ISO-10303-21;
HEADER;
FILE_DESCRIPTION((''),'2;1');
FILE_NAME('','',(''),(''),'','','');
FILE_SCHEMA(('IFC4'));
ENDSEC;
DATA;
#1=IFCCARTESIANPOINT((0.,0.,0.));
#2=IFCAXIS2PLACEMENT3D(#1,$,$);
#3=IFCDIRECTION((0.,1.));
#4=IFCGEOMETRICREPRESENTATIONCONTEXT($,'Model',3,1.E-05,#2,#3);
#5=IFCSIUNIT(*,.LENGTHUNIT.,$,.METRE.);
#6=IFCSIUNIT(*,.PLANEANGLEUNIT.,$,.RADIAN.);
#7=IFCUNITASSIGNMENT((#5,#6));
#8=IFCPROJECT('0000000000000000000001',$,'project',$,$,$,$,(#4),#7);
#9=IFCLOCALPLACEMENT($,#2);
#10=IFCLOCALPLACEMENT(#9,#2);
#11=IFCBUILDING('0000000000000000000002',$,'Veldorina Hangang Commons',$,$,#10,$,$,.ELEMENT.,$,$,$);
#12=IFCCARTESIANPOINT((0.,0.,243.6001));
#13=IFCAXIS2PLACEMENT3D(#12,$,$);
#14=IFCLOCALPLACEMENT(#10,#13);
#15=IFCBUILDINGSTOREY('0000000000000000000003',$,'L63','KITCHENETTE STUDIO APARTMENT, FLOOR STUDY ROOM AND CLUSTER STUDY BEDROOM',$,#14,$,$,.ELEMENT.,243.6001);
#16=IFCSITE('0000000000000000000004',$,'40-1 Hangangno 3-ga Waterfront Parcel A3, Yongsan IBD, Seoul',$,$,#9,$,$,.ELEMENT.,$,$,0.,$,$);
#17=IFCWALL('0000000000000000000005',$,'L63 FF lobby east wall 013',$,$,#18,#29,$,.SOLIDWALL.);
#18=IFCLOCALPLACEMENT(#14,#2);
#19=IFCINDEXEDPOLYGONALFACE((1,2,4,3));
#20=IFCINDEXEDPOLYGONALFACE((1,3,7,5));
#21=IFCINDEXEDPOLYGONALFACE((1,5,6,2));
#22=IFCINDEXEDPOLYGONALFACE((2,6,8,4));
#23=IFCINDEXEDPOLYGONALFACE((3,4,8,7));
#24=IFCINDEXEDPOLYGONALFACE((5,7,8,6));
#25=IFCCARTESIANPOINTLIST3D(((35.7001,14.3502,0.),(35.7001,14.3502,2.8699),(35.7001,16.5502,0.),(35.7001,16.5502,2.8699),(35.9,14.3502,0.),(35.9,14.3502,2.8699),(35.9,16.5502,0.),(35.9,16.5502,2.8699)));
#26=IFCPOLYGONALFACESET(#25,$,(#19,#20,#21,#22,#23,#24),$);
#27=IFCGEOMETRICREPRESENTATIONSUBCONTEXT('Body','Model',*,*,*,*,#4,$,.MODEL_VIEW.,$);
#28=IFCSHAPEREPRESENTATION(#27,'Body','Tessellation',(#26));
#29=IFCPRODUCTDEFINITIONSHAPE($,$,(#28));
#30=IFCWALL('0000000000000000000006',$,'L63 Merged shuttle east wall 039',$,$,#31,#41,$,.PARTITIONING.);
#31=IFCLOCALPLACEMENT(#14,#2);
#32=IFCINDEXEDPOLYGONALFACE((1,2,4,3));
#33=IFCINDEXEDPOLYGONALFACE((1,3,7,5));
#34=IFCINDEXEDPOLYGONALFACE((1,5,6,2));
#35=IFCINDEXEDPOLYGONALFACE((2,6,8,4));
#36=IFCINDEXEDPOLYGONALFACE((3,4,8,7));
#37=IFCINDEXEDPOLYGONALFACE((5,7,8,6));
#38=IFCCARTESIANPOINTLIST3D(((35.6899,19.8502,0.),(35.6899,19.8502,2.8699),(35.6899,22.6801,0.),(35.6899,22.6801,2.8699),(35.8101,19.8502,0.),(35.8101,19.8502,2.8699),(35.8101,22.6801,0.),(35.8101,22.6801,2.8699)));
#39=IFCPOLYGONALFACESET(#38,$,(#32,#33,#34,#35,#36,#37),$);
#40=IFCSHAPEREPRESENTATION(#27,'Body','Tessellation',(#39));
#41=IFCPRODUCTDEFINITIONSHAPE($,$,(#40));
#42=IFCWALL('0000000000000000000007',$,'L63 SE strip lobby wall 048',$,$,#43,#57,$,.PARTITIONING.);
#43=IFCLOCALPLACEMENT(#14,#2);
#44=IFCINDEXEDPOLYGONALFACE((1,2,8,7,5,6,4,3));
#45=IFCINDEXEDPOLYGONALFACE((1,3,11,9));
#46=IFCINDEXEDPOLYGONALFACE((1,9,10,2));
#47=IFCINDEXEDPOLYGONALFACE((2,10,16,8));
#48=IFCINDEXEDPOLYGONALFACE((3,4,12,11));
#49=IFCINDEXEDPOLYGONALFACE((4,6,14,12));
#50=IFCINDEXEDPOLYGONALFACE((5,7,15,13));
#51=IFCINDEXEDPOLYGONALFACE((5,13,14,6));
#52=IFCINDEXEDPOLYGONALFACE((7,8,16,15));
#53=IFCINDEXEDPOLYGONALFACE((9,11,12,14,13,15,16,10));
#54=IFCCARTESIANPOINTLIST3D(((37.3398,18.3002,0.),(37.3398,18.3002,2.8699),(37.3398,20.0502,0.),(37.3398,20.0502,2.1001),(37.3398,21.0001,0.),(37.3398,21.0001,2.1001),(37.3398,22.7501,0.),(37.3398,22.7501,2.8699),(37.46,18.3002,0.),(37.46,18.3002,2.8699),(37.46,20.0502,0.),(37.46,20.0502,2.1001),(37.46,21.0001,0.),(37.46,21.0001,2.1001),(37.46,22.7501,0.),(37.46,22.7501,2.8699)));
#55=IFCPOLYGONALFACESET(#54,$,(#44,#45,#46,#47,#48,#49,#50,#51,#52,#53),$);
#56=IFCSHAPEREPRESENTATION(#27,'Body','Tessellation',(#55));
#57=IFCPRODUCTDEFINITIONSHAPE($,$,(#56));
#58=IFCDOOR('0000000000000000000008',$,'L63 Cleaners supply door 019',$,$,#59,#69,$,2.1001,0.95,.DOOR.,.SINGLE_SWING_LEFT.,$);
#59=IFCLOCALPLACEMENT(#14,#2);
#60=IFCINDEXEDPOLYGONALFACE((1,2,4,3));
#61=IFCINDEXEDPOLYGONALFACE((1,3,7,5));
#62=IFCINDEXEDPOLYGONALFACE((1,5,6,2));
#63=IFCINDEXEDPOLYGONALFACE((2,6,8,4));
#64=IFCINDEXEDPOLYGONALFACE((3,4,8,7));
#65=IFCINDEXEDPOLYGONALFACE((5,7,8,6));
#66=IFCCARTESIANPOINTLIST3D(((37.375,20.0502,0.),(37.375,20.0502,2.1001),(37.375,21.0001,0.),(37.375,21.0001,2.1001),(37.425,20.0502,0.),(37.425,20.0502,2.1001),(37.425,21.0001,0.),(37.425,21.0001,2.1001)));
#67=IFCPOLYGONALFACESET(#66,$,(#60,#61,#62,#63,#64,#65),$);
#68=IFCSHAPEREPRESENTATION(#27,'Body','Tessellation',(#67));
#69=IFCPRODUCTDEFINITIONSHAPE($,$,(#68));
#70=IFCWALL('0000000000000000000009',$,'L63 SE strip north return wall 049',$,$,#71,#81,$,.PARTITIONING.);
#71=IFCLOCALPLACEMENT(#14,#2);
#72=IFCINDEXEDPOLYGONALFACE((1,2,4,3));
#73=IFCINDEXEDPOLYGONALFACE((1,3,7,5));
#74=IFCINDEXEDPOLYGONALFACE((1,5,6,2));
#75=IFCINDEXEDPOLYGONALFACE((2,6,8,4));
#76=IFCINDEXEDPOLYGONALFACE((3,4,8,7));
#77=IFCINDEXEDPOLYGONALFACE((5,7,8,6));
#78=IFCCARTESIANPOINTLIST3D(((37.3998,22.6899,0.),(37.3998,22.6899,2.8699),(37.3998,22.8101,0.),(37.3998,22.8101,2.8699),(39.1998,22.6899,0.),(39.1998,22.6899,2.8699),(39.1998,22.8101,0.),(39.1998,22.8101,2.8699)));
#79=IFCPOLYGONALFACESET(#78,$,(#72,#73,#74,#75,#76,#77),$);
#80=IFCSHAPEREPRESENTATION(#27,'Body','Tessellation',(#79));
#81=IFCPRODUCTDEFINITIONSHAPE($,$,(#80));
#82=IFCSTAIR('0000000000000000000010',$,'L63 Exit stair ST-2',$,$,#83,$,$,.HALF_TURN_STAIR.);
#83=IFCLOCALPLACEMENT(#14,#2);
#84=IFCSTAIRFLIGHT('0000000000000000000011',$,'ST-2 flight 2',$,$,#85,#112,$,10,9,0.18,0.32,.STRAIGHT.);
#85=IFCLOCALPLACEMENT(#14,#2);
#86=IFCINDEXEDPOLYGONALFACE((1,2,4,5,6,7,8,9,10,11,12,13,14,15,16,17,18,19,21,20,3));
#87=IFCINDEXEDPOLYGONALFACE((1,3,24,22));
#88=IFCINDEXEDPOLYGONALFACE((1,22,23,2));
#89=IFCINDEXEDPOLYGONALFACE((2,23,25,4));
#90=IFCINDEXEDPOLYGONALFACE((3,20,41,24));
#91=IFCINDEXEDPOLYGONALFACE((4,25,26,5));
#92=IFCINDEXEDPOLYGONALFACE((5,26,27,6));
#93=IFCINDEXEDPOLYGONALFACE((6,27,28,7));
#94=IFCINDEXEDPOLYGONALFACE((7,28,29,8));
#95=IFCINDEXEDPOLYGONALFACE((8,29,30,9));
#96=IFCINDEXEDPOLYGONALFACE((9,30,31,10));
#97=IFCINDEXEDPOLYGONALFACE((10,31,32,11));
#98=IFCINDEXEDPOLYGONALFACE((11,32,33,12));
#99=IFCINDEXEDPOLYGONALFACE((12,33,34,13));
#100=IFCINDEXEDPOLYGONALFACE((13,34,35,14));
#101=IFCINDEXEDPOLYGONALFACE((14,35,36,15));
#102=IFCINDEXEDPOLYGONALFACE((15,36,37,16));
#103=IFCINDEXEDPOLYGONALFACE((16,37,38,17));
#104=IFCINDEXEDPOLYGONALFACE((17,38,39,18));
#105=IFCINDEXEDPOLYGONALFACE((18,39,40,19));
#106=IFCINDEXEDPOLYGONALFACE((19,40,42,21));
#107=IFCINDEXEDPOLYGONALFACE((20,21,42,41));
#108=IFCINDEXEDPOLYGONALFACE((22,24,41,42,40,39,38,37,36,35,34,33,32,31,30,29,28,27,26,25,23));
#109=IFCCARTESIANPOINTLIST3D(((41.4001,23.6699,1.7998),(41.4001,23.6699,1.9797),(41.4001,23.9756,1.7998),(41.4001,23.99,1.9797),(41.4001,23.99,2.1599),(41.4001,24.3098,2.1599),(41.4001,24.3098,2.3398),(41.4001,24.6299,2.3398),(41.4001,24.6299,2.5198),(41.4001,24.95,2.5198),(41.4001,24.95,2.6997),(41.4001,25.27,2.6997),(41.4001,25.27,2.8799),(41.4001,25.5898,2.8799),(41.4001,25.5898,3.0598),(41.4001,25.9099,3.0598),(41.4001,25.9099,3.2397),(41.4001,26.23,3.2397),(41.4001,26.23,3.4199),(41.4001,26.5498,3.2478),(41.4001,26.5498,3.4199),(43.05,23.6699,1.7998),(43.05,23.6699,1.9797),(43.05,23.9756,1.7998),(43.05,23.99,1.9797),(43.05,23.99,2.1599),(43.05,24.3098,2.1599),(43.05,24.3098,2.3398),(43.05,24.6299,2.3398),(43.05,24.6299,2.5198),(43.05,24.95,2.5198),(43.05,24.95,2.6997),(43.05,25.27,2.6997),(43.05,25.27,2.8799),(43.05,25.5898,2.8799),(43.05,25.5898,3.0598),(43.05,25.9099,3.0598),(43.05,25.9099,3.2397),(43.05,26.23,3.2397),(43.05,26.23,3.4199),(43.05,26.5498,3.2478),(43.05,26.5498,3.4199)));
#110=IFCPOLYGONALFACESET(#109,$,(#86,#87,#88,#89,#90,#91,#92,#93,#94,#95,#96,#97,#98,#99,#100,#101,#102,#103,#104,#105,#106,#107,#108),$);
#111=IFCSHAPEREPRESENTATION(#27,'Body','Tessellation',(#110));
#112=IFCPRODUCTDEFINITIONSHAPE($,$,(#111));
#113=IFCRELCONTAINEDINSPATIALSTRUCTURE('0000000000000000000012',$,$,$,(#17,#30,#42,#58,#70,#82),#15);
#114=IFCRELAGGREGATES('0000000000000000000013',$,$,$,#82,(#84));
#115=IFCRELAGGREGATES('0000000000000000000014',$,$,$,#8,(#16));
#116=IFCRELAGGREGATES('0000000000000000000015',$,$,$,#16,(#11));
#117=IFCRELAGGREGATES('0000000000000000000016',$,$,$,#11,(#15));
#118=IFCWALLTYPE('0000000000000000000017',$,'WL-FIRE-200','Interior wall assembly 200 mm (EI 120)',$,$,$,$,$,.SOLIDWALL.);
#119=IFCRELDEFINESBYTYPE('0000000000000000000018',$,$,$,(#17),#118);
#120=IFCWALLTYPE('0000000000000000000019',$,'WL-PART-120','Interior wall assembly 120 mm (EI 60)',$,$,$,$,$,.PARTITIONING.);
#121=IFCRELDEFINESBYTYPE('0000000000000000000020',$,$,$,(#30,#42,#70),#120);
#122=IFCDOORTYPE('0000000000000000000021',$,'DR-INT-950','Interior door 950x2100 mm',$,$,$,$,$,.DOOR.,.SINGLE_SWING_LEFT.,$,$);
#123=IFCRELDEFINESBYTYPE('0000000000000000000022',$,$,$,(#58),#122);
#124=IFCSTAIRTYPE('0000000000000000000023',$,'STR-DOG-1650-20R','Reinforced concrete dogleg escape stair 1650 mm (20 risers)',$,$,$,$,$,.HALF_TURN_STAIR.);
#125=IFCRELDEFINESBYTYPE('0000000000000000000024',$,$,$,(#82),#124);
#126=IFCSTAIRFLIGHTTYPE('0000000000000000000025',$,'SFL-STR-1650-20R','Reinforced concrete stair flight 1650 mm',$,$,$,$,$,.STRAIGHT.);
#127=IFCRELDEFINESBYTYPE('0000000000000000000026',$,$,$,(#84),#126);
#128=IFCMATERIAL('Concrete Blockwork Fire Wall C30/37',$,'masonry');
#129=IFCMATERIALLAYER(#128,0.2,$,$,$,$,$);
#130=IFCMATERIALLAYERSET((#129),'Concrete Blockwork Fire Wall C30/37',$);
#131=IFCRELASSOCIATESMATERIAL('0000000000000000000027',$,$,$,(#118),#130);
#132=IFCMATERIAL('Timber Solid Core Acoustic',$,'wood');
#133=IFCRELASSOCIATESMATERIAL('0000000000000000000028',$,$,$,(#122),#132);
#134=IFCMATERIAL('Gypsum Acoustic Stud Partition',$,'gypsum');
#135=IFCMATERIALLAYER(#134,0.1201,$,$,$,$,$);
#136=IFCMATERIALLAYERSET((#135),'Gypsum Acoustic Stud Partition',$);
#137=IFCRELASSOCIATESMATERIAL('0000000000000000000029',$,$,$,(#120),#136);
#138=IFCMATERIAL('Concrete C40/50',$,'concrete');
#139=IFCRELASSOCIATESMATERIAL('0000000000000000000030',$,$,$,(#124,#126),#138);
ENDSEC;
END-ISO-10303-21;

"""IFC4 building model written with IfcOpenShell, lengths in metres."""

from ifc_helpers import new_model, si_unit, direction, frame, frame_2d, origin, place, context, subcontext, project, spatial, polyline, rectangle, outline, extrude, material, layer, layer_set, type_object, element, fill, aggregate, save


model = new_model("IFC4")

# Units and contexts
model_context = context("Model", 3, precision=1e-05, world=origin(), true_north=direction((0.0, 1.0)))
body_context = subcontext(model_context, "Body", "Model", "MODEL_VIEW")
ifc_project = project(units=[si_unit("LENGTHUNIT", "METRE"), si_unit("PLANEANGLEUNIT", "RADIAN")], contexts=[model_context])

# Site, building, storey
site_placement = place(None, origin())
site = spatial("IfcSite", under=ifc_project, at=site_placement, Name="40-1 Hangangno 3-ga Waterfront Parcel A3, Yongsan IBD, Seoul", CompositionType="ELEMENT", RefElevation=0.0)
building_placement = place(site_placement, origin())
building = spatial("IfcBuilding", under=site, at=building_placement, Name="Veldorina Hangang Commons", CompositionType="ELEMENT")
storey_placement = place(building_placement, frame((0.0, 0.0, 243.6001)))
storey = spatial("IfcBuildingStorey", under=building, at=storey_placement, Name="L63", Description="KITCHENETTE STUDIO APARTMENT, FLOOR STUDY ROOM AND CLUSTER STUDY BEDROOM", CompositionType="ELEMENT", Elevation=243.6001)

# Shared definitions
ifc_material_1 = material(Name="Concrete Blockwork Fire Wall C30/37", Category="masonry")
ifc_layer_1 = layer(ifc_material_1, 0.2)
ifc_layer_set_1 = layer_set([ifc_layer_1], Name="Concrete Blockwork Fire Wall C30/37")
wall_type_1 = type_object("IfcWallType", Name="WL-FIRE-200", Description="Interior wall assembly 200 mm (EI 120)", PredefinedType="SOLIDWALL", material=ifc_layer_set_1)
ifc_material_2 = material(Name="Timber Solid Core Acoustic", Category="wood")
door_type_1 = type_object("IfcDoorType", Name="DR-INT-950", Description="Interior door 950x2100 mm", OperationType="SINGLE_SWING_LEFT", PredefinedType="DOOR", material=ifc_material_2)

# Walls
wall_1_placement = place(storey_placement, frame((35.8, 14.3501, 0.0), z_axis=(0.0, 0.0, 1.0), x_axis=(0.0, 1.0, 0.0)))
element("IfcWall", 1, at=wall_1_placement, inside=storey, type_object=wall_type_1, Name="L63 FF lobby east wall 013", PredefinedType="SOLIDWALL", context=body_context, shape_type="SweptSolid", body=[
    extrude(rectangle(XDim=2.2, YDim=0.2, at=frame_2d((1.1001, 0.0))), origin(), (0.0, 0.0, 1.0), 2.8699),
])
ifc_material_3 = material(Name="Gypsum Acoustic Stud Partition", Category="gypsum")
ifc_layer_2 = layer(ifc_material_3, 0.1201)
ifc_layer_set_2 = layer_set([ifc_layer_2], Name="Gypsum Acoustic Stud Partition")
wall_type_2 = type_object("IfcWallType", Name="WL-PART-120", Description="Interior wall assembly 120 mm (EI 60)", PredefinedType="PARTITIONING", material=ifc_layer_set_2)
wall_2_placement = place(storey_placement, frame((35.75, 19.8501, 0.0), z_axis=(0.0, 0.0, 1.0), x_axis=(0.0, 1.0, 0.0)))
element("IfcWall", 2, at=wall_2_placement, inside=storey, type_object=wall_type_2, Name="L63 Merged shuttle east wall 039", PredefinedType="PARTITIONING", context=body_context, shape_type="SweptSolid", body=[
    extrude(rectangle(XDim=2.8298, YDim=0.1201, at=frame_2d((1.415, 0.0))), origin(), (0.0, 0.0, 1.0), 2.8699),
])

# Wall, opening, door
wall_3_placement = place(storey_placement, frame((37.3999, 18.3, 0.0), z_axis=(0.0, 0.0, 1.0), x_axis=(0.0, 1.0, 0.0)))
wall_3 = element("IfcWall", 3, at=wall_3_placement, inside=storey, type_object=wall_type_2, Name="L63 SE strip lobby wall 048", PredefinedType="PARTITIONING", context=body_context, shape_type="SweptSolid", body=[
    extrude(rectangle(XDim=4.45, YDim=0.1201, at=frame_2d((2.2251, 0.0))), origin(), (0.0, 0.0, 1.0), 2.8699),
])
opening_1_placement = place(wall_3_placement, frame((1.75, 0.0, 0.0)))
opening_1 = element("IfcOpeningElement", 4, at=opening_1_placement, cuts=wall_3, PredefinedType="OPENING", context=body_context, shape_type="SweptSolid", body=[
    extrude(rectangle(XDim=0.95, YDim=2.1001, at=frame_2d((0.4751, 1.05))), frame((0.0, 0.0701, 0.0), z_axis=(0.0, -1.0, 0.0), x_axis=(1.0, 0.0, 0.0)), (0.0, 0.0, 1.0), 0.1401),
])
door_1_placement = place(opening_1_placement, origin())
door_1 = element("IfcDoor", 5, at=door_1_placement, inside=storey, type_object=door_type_1, Name="L63 Cleaners supply door 019", OperationType="SINGLE_SWING_LEFT", OverallHeight=2.1001, OverallWidth=0.95, PredefinedType="DOOR", context=body_context, shape_type="SweptSolid", body=[
    extrude(rectangle(XDim=0.95, YDim=2.1001, at=frame_2d((0.4751, 1.05))), frame((0.0, 0.0249, 0.0), z_axis=(0.0, -1.0, 0.0), x_axis=(1.0, 0.0, 0.0)), (0.0, 0.0, 1.0), 0.05),
])
fill(opening_1, door_1)

# Wall
wall_4_placement = place(storey_placement, frame((37.3999, 22.75, 0.0), z_axis=(0.0, 0.0, 1.0), x_axis=(1.0, 0.0, 0.0)))
element("IfcWall", 6, at=wall_4_placement, inside=storey, type_object=wall_type_2, Name="L63 SE strip north return wall 049", PredefinedType="PARTITIONING", context=body_context, shape_type="SweptSolid", body=[
    extrude(rectangle(XDim=1.8, YDim=0.1201, at=frame_2d((0.8999, 0.0))), origin(), (0.0, 0.0, 1.0), 2.8699),
])

# Stair, stair flight
ifc_material_4 = material(Name="Concrete C40/50", Category="concrete")
stair_type = type_object("IfcStairType", Name="STR-DOG-1650-20R", Description="Reinforced concrete dogleg escape stair 1650 mm (20 risers)", PredefinedType="HALF_TURN_STAIR", material=ifc_material_4)
stair_placement = place(storey_placement, origin())
stair = element("IfcStair", 7, at=stair_placement, inside=storey, type_object=stair_type, Name="L63 Exit stair ST-2", PredefinedType="HALF_TURN_STAIR")
stair_flight_type = type_object("IfcStairFlightType", Name="SFL-STR-1650-20R", Description="Reinforced concrete stair flight 1650 mm", PredefinedType="STRAIGHT", material=ifc_material_4)
stair_flight_placement = place(storey_placement, frame((42.2251, 23.6699, 1.7998), z_axis=(0.0, 0.0, 1.0), x_axis=(0.0, 1.0, 0.0)))
stair_flight = element("IfcStairFlight", 8, at=stair_flight_placement, type_object=stair_flight_type, Name="ST-2 flight 2", NumberOfRisers=10, NumberOfTreads=9, PredefinedType="STRAIGHT", RiserHeight=0.18, TreadLength=0.32, context=body_context, shape_type="SweptSolid", body=[
    extrude(outline(polyline([(0.0, 0.0), (0.0, 0.1799), (0.3201, 0.1799), (0.3201, 0.3601), (0.6399, 0.3601), (0.6399, 0.54), (0.96, 0.54), (0.96, 0.72), (1.28, 0.72), (1.28, 0.8999), (1.6001, 0.8999), (1.6001, 1.0801), (1.9199, 1.0801), (1.9199, 1.26), (2.24, 1.26), (2.24, 1.4399), (2.5601, 1.4399), (2.5601, 1.6201), (2.8799, 1.6201), (2.8799, 1.8), (2.8799, 1.448), (0.3057, 0.0), (0.0, 0.0)])), frame((0.0, 0.825, 0.0), z_axis=(0.0, -1.0, 0.0), x_axis=(1.0, 0.0, 0.0)), (0.0, 0.0, 1.0), 1.6499),
])
aggregate(stair, [stair_flight])

save(model, "model.ifc")
